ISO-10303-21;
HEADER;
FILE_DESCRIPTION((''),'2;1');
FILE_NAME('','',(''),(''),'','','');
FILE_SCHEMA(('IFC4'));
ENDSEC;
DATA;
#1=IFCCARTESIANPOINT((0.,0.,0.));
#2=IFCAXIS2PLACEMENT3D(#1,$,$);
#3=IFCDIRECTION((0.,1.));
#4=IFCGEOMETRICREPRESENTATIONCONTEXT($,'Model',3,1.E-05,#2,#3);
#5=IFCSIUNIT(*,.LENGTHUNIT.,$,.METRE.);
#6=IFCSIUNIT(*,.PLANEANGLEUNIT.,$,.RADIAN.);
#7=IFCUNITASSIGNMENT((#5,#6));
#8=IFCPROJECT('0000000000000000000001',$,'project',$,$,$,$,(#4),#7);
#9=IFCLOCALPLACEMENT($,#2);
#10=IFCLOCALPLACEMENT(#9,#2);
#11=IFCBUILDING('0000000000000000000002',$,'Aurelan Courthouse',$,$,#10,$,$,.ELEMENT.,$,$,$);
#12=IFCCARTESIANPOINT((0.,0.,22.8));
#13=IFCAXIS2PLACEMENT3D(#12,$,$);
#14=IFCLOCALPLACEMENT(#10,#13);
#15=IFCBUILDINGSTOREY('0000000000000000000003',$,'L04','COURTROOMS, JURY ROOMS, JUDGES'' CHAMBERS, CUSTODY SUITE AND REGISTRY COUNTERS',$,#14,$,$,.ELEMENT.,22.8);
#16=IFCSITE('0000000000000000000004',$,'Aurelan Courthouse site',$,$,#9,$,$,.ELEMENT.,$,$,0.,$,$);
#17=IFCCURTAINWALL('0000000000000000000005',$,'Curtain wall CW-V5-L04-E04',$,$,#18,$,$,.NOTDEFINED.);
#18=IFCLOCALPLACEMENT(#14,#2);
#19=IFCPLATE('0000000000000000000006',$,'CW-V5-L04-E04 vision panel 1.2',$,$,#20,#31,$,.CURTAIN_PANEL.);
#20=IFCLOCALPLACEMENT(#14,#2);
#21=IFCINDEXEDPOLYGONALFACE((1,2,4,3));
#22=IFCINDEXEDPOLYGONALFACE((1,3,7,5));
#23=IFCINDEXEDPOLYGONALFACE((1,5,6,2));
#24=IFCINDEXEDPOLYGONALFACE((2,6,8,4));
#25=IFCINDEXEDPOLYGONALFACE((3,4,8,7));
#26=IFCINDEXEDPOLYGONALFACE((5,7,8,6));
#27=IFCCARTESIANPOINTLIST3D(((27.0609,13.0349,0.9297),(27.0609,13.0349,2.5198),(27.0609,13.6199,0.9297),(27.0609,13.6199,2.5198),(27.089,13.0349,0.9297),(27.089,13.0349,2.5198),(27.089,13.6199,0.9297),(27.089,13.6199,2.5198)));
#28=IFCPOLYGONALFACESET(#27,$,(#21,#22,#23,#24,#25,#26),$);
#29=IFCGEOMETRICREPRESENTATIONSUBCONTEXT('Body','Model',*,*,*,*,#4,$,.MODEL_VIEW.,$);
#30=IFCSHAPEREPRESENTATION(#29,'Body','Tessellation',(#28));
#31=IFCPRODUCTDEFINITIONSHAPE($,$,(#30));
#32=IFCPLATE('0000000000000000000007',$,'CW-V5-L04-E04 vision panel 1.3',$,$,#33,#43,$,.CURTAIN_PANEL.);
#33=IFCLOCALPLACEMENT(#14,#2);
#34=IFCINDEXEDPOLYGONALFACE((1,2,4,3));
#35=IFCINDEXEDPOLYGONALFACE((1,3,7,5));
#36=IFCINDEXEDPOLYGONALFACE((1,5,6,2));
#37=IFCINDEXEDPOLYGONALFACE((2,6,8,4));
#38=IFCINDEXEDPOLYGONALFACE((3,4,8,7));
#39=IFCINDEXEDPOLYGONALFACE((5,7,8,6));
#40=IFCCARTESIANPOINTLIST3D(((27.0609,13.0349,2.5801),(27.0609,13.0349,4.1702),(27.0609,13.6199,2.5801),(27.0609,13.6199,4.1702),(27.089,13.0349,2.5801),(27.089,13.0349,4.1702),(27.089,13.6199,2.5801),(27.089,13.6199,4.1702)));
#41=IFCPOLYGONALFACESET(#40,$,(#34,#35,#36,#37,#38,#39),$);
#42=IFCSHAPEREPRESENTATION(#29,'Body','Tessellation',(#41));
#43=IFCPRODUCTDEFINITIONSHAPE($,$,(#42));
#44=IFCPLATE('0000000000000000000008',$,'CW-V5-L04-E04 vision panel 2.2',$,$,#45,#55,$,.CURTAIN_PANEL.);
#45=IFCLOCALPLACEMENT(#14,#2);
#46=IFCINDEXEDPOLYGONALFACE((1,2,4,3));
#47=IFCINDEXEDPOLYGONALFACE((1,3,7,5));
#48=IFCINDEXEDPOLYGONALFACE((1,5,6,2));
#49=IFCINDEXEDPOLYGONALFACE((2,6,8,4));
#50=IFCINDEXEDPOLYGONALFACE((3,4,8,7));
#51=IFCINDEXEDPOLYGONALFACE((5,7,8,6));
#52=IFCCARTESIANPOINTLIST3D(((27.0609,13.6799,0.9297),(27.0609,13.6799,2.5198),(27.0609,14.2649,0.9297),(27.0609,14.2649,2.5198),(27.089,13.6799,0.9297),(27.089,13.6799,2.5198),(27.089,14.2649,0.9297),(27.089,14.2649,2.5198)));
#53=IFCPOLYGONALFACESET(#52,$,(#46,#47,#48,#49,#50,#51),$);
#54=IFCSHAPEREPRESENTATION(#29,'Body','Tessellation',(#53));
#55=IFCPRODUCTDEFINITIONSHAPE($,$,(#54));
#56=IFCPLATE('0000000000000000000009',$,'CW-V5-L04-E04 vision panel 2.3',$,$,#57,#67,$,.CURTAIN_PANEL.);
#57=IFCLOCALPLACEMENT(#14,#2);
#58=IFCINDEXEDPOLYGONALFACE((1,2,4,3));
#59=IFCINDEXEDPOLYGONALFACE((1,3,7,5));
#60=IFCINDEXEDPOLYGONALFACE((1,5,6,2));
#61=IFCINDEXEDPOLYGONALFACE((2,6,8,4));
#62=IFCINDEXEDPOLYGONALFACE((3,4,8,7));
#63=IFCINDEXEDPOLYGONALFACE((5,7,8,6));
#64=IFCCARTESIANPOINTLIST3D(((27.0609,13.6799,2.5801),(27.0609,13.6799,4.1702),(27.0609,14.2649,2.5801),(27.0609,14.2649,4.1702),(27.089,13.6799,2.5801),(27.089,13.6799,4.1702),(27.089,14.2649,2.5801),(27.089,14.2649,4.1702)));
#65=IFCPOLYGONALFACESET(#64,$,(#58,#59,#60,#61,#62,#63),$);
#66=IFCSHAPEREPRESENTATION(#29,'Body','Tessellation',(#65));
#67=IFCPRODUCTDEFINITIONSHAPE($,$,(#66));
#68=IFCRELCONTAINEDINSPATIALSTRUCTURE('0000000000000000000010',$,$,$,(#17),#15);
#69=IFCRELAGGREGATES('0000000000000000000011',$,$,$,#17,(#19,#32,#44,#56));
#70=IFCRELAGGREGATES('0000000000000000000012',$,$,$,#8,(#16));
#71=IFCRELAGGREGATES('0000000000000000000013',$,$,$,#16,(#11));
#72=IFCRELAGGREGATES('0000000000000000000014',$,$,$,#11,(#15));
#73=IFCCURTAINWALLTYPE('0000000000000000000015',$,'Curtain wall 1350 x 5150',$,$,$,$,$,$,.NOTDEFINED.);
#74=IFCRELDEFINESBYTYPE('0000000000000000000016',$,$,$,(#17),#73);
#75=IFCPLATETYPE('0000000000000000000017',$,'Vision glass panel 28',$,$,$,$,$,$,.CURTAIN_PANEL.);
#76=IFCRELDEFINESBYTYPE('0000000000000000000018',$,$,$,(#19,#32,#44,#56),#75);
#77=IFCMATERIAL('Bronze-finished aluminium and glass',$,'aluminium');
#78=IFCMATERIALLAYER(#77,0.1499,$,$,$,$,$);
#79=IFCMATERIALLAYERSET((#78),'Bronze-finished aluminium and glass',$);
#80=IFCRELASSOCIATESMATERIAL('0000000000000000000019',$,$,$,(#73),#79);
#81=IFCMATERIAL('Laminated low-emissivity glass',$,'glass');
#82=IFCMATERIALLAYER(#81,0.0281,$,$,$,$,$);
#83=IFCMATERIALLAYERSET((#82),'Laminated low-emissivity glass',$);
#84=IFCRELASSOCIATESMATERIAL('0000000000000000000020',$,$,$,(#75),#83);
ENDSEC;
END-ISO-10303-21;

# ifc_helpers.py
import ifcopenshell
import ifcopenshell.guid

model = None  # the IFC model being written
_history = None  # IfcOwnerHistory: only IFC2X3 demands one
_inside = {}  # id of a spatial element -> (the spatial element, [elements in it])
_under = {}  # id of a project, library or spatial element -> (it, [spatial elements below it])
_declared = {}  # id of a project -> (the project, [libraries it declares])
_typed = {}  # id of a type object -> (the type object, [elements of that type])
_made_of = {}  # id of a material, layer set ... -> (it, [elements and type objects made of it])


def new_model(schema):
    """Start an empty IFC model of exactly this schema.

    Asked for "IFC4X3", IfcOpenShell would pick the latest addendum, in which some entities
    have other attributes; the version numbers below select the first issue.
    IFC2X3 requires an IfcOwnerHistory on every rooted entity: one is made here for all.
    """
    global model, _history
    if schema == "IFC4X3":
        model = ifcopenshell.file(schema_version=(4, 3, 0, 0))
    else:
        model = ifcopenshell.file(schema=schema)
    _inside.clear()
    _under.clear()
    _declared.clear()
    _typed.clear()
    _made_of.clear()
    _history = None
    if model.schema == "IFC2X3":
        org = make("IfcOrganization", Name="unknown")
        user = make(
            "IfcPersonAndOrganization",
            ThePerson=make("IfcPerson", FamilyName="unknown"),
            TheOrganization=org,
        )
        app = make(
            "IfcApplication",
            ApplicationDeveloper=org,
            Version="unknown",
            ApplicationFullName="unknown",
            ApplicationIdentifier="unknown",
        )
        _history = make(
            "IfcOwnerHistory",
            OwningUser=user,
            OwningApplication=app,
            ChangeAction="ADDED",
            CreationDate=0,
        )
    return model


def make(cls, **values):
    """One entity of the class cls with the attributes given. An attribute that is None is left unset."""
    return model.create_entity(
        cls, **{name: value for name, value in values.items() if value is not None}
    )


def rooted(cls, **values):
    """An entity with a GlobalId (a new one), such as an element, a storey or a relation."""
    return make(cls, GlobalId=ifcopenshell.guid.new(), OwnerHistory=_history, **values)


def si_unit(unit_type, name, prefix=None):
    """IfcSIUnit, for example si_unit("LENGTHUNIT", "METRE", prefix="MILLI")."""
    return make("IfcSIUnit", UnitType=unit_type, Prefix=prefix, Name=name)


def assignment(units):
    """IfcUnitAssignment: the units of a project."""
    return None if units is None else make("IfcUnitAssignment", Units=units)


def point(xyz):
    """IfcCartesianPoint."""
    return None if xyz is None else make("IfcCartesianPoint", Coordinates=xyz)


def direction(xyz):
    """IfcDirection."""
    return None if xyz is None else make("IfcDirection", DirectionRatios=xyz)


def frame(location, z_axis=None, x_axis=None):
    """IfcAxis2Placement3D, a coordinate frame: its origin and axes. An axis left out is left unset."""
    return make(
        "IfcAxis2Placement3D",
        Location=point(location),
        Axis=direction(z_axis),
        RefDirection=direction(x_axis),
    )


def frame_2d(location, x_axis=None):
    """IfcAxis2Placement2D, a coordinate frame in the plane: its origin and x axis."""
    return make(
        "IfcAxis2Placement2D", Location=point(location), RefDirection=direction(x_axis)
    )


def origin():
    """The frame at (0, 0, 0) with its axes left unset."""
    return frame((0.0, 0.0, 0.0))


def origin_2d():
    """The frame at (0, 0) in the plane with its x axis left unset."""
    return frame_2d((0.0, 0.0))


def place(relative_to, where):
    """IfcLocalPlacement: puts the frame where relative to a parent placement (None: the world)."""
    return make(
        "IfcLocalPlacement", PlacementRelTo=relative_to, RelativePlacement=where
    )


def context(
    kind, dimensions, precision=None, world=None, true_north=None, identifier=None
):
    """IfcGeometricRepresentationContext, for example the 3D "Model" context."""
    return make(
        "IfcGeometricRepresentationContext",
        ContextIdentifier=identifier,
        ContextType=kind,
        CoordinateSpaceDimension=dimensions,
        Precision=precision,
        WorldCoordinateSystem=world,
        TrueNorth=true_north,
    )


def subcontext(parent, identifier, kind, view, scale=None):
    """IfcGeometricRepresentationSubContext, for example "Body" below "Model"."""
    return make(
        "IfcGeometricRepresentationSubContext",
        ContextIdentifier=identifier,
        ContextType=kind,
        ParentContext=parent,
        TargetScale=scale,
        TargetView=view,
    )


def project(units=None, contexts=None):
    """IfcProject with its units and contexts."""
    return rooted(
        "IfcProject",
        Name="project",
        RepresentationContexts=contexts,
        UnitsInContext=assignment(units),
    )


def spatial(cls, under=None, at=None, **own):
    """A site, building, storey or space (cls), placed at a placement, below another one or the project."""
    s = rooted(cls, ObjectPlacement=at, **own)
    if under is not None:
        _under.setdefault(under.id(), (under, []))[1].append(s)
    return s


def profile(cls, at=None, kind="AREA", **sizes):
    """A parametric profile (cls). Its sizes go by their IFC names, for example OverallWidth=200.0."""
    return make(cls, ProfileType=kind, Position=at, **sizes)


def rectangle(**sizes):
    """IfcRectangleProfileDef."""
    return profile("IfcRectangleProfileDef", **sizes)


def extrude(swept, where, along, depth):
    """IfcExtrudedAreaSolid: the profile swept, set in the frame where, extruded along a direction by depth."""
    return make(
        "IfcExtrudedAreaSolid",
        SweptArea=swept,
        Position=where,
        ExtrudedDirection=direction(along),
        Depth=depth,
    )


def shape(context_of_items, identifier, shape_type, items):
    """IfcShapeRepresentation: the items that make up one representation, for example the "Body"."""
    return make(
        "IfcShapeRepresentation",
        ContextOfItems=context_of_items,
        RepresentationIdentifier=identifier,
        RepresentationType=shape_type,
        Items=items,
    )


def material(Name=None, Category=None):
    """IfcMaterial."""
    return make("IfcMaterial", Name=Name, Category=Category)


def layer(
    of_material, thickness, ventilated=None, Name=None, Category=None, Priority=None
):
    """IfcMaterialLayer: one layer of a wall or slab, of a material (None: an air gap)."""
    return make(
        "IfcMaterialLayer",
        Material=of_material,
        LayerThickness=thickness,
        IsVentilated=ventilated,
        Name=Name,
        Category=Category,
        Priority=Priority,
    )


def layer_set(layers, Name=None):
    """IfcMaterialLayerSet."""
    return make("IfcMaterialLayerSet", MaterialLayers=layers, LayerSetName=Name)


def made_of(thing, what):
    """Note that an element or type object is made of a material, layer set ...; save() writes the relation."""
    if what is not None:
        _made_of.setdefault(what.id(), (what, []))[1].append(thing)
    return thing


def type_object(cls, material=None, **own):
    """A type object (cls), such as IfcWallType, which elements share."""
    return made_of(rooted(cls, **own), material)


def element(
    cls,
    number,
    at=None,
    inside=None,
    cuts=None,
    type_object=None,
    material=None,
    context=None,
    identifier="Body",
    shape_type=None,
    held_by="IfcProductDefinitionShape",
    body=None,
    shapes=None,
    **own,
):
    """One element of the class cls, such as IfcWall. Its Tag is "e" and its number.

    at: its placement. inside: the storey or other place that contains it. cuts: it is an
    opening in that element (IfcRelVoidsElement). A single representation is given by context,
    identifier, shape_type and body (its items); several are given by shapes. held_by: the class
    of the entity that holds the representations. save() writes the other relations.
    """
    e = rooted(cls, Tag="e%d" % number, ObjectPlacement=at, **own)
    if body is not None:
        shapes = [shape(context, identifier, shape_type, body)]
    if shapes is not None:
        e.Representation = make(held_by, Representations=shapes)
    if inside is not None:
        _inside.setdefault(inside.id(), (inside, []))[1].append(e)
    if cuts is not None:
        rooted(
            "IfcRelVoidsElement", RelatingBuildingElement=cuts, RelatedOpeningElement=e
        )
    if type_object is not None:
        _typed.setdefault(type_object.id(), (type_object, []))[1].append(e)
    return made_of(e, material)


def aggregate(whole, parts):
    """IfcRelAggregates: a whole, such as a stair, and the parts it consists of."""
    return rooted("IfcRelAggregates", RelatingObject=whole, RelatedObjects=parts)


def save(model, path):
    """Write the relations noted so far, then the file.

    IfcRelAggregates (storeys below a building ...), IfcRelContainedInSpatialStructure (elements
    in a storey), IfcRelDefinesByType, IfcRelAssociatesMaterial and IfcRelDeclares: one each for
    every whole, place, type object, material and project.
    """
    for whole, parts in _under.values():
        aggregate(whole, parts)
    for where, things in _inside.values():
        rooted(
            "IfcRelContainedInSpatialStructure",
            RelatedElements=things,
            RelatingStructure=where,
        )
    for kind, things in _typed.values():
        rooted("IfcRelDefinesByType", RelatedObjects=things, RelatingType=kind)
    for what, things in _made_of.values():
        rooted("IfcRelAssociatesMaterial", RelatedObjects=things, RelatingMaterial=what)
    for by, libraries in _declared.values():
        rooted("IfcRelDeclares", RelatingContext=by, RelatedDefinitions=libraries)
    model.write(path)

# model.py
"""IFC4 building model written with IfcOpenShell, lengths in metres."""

from ifc_helpers import new_model, si_unit, direction, frame, origin, origin_2d, place, context, subcontext, project, spatial, rectangle, extrude, material, layer, layer_set, type_object, element, aggregate, save


model = new_model("IFC4")

# Units and contexts
model_context = context("Model", 3, precision=1e-05, world=origin(), true_north=direction((0.0, 1.0)))
body_context = subcontext(model_context, "Body", "Model", "MODEL_VIEW")
ifc_project = project(units=[si_unit("LENGTHUNIT", "METRE"), si_unit("PLANEANGLEUNIT", "RADIAN")], contexts=[model_context])

# Site, building, storey
site_placement = place(None, origin())
site = spatial("IfcSite", under=ifc_project, at=site_placement, Name="Aurelan Courthouse site", CompositionType="ELEMENT", RefElevation=0.0)
building_placement = place(site_placement, origin())
building = spatial("IfcBuilding", under=site, at=building_placement, Name="Aurelan Courthouse", CompositionType="ELEMENT")
storey_placement = place(building_placement, frame((0.0, 0.0, 22.8)))
storey = spatial("IfcBuildingStorey", under=building, at=storey_placement, Name="L04", Description="COURTROOMS, JURY ROOMS, JUDGES' CHAMBERS, CUSTODY SUITE AND REGISTRY COUNTERS", CompositionType="ELEMENT", Elevation=22.8)

# Curtain wall
ifc_material_1 = material(Name="Bronze-finished aluminium and glass", Category="aluminium")
ifc_layer_1 = layer(ifc_material_1, 0.1499)
ifc_layer_set_1 = layer_set([ifc_layer_1], Name="Bronze-finished aluminium and glass")
curtain_wall_type = type_object("IfcCurtainWallType", Name="Curtain wall 1350 x 5150", PredefinedType="NOTDEFINED", material=ifc_layer_set_1)
curtain_wall_1_placement = place(storey_placement, origin())
curtain_wall_1 = element("IfcCurtainWall", 1, at=curtain_wall_1_placement, inside=storey, type_object=curtain_wall_type, Name="Curtain wall CW-V5-L04-E04", PredefinedType="NOTDEFINED")

# Plates
ifc_material_2 = material(Name="Laminated low-emissivity glass", Category="glass")
ifc_layer_2 = layer(ifc_material_2, 0.0281)
ifc_layer_set_2 = layer_set([ifc_layer_2], Name="Laminated low-emissivity glass")
plate_type_1 = type_object("IfcPlateType", Name="Vision glass panel 28", PredefinedType="CURTAIN_PANEL", material=ifc_layer_set_2)
plate_1_placement = place(storey_placement, frame((27.075, 13.3274, 0.9297), z_axis=(0.0, 0.0, 1.0), x_axis=(0.0, 1.0, 0.0)))
plate_1 = element("IfcPlate", 2, at=plate_1_placement, type_object=plate_type_1, Name="CW-V5-L04-E04 vision panel 1.2", PredefinedType="CURTAIN_PANEL", context=body_context, shape_type="SweptSolid", body=[
    extrude(rectangle(XDim=0.585, YDim=0.0281, at=origin_2d()), origin(), (0.0, 0.0, 1.0), 1.5901),
])
plate_2_placement = place(storey_placement, frame((27.075, 13.3274, 2.5801), z_axis=(0.0, 0.0, 1.0), x_axis=(0.0, 1.0, 0.0)))
plate_2 = element("IfcPlate", 3, at=plate_2_placement, type_object=plate_type_1, Name="CW-V5-L04-E04 vision panel 1.3", PredefinedType="CURTAIN_PANEL", context=body_context, shape_type="SweptSolid", body=[
    extrude(rectangle(XDim=0.585, YDim=0.0281, at=origin_2d()), origin(), (0.0, 0.0, 1.0), 1.5901),
])
plate_3_placement = place(storey_placement, frame((27.075, 13.9724, 0.9297), z_axis=(0.0, 0.0, 1.0), x_axis=(0.0, 1.0, 0.0)))
plate_3 = element("IfcPlate", 4, at=plate_3_placement, type_object=plate_type_1, Name="CW-V5-L04-E04 vision panel 2.2", PredefinedType="CURTAIN_PANEL", context=body_context, shape_type="SweptSolid", body=[
    extrude(rectangle(XDim=0.585, YDim=0.0281, at=origin_2d()), origin(), (0.0, 0.0, 1.0), 1.5901),
])
plate_4_placement = place(storey_placement, frame((27.075, 13.9724, 2.5801), z_axis=(0.0, 0.0, 1.0), x_axis=(0.0, 1.0, 0.0)))
plate_4 = element("IfcPlate", 5, at=plate_4_placement, type_object=plate_type_1, Name="CW-V5-L04-E04 vision panel 2.3", PredefinedType="CURTAIN_PANEL", context=body_context, shape_type="SweptSolid", body=[
    extrude(rectangle(XDim=0.585, YDim=0.0281, at=origin_2d()), origin(), (0.0, 0.0, 1.0), 1.5901),
])
aggregate(curtain_wall_1, [plate_1, plate_2, plate_3, plate_4])

save(model, "model.ifc")
